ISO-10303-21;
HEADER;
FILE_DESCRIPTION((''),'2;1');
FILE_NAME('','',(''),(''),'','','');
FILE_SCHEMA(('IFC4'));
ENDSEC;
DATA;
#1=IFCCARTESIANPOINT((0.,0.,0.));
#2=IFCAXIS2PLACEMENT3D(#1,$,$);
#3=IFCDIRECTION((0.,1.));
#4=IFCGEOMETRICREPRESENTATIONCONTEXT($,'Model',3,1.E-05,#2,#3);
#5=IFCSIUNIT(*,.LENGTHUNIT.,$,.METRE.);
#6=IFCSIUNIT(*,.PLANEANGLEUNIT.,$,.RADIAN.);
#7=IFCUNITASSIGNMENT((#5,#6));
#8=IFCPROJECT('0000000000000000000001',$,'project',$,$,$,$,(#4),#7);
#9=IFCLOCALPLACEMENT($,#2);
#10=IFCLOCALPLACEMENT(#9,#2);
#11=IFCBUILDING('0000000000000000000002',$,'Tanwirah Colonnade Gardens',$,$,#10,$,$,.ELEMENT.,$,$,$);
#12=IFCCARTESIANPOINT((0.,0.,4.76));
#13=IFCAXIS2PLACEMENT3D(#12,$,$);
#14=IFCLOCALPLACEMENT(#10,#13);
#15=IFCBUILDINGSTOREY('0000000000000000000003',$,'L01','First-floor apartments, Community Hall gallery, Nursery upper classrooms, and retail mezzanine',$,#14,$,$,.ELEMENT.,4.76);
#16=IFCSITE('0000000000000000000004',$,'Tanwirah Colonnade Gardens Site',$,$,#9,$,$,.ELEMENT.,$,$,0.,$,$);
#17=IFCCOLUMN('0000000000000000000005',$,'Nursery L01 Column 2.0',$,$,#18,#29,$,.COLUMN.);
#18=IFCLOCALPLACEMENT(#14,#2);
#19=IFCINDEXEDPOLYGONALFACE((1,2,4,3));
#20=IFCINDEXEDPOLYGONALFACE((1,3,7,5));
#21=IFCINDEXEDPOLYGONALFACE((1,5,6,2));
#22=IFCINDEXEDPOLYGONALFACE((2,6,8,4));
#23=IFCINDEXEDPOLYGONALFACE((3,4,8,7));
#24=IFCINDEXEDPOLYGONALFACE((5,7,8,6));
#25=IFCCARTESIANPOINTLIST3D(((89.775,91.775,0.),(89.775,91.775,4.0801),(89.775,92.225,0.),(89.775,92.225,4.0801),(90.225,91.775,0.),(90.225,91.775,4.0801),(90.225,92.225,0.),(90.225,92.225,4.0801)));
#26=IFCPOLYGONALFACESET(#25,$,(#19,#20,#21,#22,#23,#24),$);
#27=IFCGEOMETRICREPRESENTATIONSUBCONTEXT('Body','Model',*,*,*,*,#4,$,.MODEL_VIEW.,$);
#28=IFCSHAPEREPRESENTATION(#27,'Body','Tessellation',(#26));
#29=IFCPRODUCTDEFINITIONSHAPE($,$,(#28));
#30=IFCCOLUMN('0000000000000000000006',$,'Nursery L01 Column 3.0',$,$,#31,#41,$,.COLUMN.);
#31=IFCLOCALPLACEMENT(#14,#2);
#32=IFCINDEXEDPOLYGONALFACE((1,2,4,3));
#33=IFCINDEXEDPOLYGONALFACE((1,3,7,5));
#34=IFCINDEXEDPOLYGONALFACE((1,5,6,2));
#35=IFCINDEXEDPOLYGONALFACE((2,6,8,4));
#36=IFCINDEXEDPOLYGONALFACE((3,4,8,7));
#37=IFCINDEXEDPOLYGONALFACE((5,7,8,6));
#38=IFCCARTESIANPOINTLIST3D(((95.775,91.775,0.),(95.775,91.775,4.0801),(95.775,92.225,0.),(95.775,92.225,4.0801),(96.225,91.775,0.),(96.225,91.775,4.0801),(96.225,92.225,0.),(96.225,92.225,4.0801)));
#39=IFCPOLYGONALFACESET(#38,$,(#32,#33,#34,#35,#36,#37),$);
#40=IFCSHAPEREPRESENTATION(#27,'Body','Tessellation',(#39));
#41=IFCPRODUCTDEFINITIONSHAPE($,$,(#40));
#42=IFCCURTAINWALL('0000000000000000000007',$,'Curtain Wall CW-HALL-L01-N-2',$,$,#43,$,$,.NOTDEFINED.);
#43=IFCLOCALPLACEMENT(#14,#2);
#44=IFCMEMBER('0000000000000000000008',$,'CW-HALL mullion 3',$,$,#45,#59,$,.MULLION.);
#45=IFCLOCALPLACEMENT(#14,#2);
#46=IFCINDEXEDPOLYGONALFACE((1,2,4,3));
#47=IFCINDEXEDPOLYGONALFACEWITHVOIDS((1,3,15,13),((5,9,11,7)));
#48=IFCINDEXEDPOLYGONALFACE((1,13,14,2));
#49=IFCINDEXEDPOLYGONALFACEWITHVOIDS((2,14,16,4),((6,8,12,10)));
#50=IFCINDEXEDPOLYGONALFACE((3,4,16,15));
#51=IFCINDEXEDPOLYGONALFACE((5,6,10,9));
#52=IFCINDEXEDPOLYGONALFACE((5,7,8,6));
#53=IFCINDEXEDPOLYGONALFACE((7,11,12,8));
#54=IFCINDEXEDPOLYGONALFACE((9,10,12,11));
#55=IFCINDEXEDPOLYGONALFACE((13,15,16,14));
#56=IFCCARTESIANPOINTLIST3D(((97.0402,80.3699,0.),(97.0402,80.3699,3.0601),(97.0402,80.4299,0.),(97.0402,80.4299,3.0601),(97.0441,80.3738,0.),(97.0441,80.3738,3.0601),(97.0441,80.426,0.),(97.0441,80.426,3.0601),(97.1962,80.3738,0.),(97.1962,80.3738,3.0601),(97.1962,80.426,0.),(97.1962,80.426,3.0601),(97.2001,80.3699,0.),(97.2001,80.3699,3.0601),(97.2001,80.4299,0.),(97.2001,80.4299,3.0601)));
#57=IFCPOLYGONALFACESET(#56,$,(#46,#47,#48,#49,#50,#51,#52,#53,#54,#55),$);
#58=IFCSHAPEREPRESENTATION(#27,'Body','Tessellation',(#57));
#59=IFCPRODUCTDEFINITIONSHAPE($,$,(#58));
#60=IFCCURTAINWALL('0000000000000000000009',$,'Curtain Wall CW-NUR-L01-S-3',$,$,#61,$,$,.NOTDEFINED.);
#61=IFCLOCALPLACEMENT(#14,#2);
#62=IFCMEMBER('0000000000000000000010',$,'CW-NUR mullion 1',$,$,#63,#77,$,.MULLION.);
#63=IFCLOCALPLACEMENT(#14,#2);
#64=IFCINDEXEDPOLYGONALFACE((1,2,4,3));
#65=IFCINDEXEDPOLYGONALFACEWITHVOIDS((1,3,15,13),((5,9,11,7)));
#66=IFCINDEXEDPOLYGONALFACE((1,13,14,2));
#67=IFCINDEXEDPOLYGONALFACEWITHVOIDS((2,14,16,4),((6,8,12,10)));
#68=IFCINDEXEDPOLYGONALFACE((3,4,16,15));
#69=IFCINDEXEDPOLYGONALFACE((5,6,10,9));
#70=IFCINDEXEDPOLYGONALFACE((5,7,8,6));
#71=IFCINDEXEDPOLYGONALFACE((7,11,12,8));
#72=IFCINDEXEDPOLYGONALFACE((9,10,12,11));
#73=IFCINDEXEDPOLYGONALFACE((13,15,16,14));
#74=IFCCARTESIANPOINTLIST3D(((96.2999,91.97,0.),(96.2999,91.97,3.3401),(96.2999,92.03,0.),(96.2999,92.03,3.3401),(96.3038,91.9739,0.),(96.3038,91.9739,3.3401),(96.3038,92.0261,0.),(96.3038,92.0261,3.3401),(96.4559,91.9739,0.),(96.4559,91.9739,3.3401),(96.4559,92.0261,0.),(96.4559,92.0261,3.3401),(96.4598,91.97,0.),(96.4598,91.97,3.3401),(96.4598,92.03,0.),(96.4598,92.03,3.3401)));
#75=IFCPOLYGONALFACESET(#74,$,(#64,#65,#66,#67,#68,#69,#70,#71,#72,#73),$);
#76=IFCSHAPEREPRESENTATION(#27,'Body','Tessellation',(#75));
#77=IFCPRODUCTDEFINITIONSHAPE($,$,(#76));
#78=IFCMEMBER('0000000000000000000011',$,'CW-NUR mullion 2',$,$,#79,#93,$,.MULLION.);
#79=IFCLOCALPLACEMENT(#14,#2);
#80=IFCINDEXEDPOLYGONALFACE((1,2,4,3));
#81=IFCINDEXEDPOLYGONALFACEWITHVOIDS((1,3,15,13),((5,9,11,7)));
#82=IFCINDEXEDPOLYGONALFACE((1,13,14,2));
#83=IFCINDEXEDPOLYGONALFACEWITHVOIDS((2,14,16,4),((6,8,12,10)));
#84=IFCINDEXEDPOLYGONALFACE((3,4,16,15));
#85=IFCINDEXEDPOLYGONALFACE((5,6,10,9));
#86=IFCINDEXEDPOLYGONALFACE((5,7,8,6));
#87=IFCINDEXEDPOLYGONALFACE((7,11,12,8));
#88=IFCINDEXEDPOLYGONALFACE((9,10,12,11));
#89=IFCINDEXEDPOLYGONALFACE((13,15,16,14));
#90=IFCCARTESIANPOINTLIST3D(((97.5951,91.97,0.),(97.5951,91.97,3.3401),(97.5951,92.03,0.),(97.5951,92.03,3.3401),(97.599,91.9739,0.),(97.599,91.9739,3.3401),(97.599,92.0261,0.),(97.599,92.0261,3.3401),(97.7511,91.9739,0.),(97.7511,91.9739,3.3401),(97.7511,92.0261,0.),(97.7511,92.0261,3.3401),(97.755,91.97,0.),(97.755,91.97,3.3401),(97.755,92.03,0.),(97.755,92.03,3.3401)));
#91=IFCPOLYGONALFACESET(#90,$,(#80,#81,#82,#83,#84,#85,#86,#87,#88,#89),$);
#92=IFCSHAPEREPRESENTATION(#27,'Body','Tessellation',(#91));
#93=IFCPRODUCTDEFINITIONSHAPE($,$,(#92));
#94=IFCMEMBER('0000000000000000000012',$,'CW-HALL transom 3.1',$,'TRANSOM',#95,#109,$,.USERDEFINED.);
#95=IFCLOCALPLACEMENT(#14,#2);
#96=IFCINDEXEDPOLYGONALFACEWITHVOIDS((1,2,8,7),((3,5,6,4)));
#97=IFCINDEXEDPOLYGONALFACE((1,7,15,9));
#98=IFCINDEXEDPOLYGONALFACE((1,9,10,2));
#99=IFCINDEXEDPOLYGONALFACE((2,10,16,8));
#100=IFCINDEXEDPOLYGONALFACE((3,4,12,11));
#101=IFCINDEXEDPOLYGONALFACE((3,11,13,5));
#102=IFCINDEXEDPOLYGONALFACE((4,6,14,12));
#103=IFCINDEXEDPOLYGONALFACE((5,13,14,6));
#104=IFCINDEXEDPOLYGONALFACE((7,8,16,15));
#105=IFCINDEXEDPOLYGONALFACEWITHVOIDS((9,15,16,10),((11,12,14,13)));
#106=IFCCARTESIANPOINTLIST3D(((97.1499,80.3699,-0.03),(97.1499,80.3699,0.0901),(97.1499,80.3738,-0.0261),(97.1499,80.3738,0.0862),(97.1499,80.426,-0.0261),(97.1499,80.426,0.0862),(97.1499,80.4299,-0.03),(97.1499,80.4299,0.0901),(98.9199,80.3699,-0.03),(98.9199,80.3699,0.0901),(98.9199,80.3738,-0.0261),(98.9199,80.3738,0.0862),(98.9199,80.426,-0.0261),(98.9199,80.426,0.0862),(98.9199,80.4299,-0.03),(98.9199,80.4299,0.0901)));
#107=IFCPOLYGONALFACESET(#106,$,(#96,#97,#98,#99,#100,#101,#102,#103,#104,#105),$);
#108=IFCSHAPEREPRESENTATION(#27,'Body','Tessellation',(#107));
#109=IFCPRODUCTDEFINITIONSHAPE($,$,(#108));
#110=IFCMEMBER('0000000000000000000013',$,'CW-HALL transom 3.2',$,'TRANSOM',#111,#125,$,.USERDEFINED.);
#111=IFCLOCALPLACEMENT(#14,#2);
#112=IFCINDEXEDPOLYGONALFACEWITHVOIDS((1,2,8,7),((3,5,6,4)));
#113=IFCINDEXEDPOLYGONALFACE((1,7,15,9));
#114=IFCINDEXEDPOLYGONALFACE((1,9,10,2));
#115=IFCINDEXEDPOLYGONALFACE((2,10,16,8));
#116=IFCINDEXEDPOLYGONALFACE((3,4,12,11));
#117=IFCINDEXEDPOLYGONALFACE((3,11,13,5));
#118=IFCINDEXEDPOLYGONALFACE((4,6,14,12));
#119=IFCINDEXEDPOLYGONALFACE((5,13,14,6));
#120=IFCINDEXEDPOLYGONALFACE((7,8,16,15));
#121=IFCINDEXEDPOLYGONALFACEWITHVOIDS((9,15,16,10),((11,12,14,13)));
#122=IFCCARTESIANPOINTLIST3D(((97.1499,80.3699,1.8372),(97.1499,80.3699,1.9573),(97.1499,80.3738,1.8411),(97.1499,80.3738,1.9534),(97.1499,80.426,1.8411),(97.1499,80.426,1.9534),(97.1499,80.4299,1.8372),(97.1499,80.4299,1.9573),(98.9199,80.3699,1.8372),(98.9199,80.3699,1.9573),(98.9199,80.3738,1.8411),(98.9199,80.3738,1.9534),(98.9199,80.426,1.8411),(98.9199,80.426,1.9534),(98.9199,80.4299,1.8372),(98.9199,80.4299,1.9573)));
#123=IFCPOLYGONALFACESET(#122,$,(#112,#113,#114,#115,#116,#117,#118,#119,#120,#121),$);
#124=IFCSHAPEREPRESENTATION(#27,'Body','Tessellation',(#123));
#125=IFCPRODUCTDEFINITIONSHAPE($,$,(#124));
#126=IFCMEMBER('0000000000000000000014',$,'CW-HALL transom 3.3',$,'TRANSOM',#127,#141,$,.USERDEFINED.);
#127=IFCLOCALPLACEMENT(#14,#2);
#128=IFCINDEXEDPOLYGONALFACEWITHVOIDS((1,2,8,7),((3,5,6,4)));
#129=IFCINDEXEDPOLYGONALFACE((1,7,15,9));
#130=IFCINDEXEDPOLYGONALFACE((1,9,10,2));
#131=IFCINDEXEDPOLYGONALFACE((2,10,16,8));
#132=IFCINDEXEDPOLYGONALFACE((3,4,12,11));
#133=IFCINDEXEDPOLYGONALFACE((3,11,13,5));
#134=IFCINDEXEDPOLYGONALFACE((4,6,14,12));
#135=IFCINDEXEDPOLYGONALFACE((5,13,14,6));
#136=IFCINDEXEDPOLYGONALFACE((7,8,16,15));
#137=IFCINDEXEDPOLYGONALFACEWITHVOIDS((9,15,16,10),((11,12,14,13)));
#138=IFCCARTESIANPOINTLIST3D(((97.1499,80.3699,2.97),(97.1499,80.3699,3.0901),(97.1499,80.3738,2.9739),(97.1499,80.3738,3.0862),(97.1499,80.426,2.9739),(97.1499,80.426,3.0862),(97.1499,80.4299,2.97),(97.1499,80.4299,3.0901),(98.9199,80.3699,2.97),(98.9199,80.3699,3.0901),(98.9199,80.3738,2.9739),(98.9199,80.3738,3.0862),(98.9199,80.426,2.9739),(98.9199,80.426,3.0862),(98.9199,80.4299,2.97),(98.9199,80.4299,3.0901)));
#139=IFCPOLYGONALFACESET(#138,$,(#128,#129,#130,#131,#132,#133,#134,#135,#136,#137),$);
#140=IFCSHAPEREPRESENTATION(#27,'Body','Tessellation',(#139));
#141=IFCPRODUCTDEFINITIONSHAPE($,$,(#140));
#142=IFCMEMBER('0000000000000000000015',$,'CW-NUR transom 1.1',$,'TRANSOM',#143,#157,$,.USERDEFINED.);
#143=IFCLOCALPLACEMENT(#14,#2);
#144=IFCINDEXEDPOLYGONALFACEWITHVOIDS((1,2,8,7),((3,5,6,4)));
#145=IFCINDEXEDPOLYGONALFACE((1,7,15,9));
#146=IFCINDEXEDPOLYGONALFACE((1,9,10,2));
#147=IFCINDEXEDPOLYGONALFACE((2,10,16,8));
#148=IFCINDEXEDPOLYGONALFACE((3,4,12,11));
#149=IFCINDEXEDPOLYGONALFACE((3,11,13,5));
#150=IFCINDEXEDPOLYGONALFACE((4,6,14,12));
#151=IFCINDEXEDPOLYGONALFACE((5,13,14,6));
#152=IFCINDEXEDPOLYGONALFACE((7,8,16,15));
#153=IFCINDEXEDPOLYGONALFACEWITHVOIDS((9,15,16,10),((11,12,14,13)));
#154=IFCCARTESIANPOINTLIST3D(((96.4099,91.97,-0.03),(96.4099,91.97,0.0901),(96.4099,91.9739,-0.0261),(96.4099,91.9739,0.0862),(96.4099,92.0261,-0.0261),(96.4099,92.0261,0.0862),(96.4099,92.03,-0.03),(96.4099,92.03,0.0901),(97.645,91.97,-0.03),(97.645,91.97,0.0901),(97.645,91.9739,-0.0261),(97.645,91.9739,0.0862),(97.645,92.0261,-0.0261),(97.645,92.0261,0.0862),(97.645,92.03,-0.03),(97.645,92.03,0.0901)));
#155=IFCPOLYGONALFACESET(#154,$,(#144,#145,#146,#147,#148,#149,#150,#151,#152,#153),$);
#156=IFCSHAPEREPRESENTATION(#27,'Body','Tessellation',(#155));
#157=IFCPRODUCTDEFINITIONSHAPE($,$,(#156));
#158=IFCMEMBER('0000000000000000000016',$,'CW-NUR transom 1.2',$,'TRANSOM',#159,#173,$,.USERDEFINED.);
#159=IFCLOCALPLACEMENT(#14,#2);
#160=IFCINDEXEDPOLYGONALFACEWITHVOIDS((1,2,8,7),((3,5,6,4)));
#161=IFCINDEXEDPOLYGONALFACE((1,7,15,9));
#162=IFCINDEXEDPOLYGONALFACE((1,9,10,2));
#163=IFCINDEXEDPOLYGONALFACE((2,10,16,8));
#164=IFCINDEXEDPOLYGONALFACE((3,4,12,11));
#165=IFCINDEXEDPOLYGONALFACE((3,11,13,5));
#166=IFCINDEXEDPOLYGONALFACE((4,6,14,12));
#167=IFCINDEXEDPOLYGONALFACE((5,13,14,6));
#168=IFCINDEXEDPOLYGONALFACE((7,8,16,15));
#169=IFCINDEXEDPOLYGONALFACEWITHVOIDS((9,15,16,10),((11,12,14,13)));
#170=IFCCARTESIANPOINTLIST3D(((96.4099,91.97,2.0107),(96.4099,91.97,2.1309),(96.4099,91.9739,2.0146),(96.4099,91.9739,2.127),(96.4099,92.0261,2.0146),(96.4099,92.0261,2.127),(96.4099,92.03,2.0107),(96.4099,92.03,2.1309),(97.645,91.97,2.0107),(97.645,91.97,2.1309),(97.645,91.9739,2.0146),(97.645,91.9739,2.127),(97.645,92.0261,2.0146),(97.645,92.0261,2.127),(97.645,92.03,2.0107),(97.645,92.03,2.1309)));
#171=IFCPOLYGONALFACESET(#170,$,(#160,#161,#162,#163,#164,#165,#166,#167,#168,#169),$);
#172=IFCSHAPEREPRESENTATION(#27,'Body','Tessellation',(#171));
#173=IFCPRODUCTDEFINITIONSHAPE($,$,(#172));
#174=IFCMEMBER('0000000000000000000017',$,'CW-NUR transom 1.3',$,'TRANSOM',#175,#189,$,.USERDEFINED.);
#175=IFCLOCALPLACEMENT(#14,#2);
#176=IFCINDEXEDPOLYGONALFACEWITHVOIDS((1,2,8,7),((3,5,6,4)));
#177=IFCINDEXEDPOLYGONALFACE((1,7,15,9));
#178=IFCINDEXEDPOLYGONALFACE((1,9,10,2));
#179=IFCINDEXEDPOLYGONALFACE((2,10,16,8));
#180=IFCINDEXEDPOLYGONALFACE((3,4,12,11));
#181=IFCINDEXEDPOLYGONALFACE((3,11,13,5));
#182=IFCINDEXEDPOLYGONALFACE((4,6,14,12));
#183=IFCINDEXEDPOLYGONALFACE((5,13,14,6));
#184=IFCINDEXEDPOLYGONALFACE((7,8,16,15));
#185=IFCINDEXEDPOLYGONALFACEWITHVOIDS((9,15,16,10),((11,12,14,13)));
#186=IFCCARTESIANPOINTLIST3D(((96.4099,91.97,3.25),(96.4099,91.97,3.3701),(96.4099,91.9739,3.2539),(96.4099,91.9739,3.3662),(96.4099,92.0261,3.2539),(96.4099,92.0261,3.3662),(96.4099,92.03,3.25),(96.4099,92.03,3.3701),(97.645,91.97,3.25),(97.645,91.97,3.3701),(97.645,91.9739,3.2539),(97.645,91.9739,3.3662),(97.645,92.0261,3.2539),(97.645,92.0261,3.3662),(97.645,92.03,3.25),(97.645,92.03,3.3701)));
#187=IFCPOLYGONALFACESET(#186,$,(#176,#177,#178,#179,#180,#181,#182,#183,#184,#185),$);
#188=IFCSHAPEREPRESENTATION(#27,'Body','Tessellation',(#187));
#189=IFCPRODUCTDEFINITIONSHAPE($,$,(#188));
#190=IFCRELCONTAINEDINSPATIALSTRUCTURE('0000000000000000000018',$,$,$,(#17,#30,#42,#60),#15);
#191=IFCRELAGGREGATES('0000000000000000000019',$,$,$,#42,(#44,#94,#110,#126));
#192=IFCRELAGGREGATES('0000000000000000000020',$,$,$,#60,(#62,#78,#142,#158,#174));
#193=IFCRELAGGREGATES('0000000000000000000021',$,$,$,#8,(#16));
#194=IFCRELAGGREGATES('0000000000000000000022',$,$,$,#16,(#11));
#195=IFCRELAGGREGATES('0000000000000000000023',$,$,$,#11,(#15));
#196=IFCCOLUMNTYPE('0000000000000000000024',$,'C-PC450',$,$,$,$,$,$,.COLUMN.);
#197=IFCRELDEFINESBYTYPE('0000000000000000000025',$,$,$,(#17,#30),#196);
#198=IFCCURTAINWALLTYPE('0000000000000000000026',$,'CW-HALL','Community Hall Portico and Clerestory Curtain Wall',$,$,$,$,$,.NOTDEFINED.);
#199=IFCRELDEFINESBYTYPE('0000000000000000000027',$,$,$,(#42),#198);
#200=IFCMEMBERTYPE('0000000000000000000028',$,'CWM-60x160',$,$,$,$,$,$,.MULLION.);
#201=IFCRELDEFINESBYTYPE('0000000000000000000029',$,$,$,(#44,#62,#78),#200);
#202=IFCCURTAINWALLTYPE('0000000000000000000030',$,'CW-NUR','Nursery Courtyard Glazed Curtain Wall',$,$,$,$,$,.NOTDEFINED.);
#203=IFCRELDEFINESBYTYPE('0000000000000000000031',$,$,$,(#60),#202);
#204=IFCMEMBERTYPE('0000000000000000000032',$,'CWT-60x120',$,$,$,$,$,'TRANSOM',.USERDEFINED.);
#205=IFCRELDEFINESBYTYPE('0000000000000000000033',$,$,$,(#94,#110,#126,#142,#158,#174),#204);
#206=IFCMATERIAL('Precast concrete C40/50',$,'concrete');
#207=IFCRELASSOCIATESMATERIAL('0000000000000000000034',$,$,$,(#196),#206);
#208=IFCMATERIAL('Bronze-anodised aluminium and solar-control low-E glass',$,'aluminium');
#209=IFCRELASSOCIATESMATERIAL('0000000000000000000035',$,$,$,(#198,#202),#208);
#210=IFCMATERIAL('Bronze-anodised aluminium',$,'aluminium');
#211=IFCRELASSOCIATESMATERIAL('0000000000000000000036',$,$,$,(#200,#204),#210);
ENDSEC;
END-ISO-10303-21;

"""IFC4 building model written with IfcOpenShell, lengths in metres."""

from ifc_helpers import new_model, si_unit, direction, frame, origin, origin_2d, place, context, subcontext, project, spatial, rectangle, hollow_rectangle, extrude, material, material_profile, profile_set, type_object, element, aggregate, save


model = new_model("IFC4")

# Units and contexts
model_context = context("Model", 3, precision=1e-05, world=origin(), true_north=direction((0.0, 1.0)))
body_context = subcontext(model_context, "Body", "Model", "MODEL_VIEW")
ifc_project = project(units=[si_unit("LENGTHUNIT", "METRE"), si_unit("PLANEANGLEUNIT", "RADIAN")], contexts=[model_context])

# Site, building, storey
site_placement = place(None, origin())
site = spatial("IfcSite", under=ifc_project, at=site_placement, Name="Tanwirah Colonnade Gardens Site", CompositionType="ELEMENT", RefElevation=0.0)
building_placement = place(site_placement, origin())
building = spatial("IfcBuilding", under=site, at=building_placement, Name="Tanwirah Colonnade Gardens", CompositionType="ELEMENT")
storey_placement = place(building_placement, frame((0.0, 0.0, 4.76)))
storey = spatial("IfcBuildingStorey", under=building, at=storey_placement, Name="L01", Description="First-floor apartments, Community Hall gallery, Nursery upper classrooms, and retail mezzanine", CompositionType="ELEMENT", Elevation=4.76)

# Columns
ifc_material_1 = material(Name="Precast concrete C40/50", Category="concrete")
ifc_material_profile_1 = material_profile(ifc_material_1, rectangle(XDim=0.45, YDim=0.45, at=origin_2d()), Name="PC-COL 450x450")
ifc_profile_set_1 = profile_set([ifc_material_profile_1], Name="Precast concrete C40/50")
column_type = type_object("IfcColumnType", Name="C-PC450", PredefinedType="COLUMN", material=ifc_profile_set_1)
for number, where, z_axis, x_axis, name in (
    (1, (90.0, 92.0, 0.0), (0.0, 0.0, 1.0), (1.0, 0.0, 0.0), "Nursery L01 Column 2.0"),
    (2, (96.0, 92.0, 0.0), (0.0, 0.0, 1.0), (1.0, 0.0, 0.0), "Nursery L01 Column 3.0"),
):
    element("IfcColumn", number, at=place(storey_placement, frame(where, z_axis=z_axis, x_axis=x_axis)), inside=storey, type_object=column_type, Name=name, PredefinedType="COLUMN", context=body_context, shape_type="SweptSolid", body=[
        extrude(rectangle(XDim=0.45, YDim=0.45, at=origin_2d()), origin(), (0.0, 0.0, 1.0), 4.0801),
    ])

# Curtain wall, member
ifc_material_2 = material(Name="Bronze-anodised aluminium and solar-control low-E glass", Category="aluminium")
curtain_wall_type_1 = type_object("IfcCurtainWallType", Name="CW-HALL", Description="Community Hall Portico and Clerestory Curtain Wall", PredefinedType="NOTDEFINED", material=ifc_material_2)
curtain_wall_1_placement = place(storey_placement, origin())
curtain_wall_1 = element("IfcCurtainWall", 3, at=curtain_wall_1_placement, inside=storey, type_object=curtain_wall_type_1, Name="Curtain Wall CW-HALL-L01-N-2", PredefinedType="NOTDEFINED")
ifc_material_3 = material(Name="Bronze-anodised aluminium", Category="aluminium")
ifc_material_profile_2 = material_profile(ifc_material_3, hollow_rectangle(XDim=0.0601, YDim=0.1599, WallThickness=0.0039, at=origin_2d()), Name="CW-MUL 60x160x4")
ifc_profile_set_2 = profile_set([ifc_material_profile_2], Name="Bronze-anodised aluminium")
member_type_1 = type_object("IfcMemberType", Name="CWM-60x160", PredefinedType="MULLION", material=ifc_profile_set_2)
member_1_placement = place(storey_placement, frame((97.1201, 80.3999, 0.0), z_axis=(0.0, 0.0, 1.0), x_axis=(0.0, 1.0, 0.0)))
member_1 = element("IfcMember", 4, at=member_1_placement, type_object=member_type_1, Name="CW-HALL mullion 3", PredefinedType="MULLION", context=body_context, shape_type="SweptSolid", body=[
    extrude(hollow_rectangle(XDim=0.0601, YDim=0.1599, WallThickness=0.0039, at=origin_2d()), origin(), (0.0, 0.0, 1.0), 3.0601),
])

# Curtain wall, members
curtain_wall_type_2 = type_object("IfcCurtainWallType", Name="CW-NUR", Description="Nursery Courtyard Glazed Curtain Wall", PredefinedType="NOTDEFINED", material=ifc_material_2)
curtain_wall_2_placement = place(storey_placement, origin())
curtain_wall_2 = element("IfcCurtainWall", 5, at=curtain_wall_2_placement, inside=storey, type_object=curtain_wall_type_2, Name="Curtain Wall CW-NUR-L01-S-3", PredefinedType="NOTDEFINED")
member_2_placement = place(storey_placement, frame((96.3799, 92.0, 0.0), z_axis=(0.0, 0.0, 1.0), x_axis=(0.0, 1.0, 0.0)))
member_2 = element("IfcMember", 6, at=member_2_placement, type_object=member_type_1, Name="CW-NUR mullion 1", PredefinedType="MULLION", context=body_context, shape_type="SweptSolid", body=[
    extrude(hollow_rectangle(XDim=0.0601, YDim=0.1599, WallThickness=0.0039, at=origin_2d()), origin(), (0.0, 0.0, 1.0), 3.3401),
])
member_3_placement = place(storey_placement, frame((97.675, 92.0, 0.0), z_axis=(0.0, 0.0, 1.0), x_axis=(0.0, 1.0, 0.0)))
member_3 = element("IfcMember", 7, at=member_3_placement, type_object=member_type_1, Name="CW-NUR mullion 2", PredefinedType="MULLION", context=body_context, shape_type="SweptSolid", body=[
    extrude(hollow_rectangle(XDim=0.0601, YDim=0.1599, WallThickness=0.0039, at=origin_2d()), origin(), (0.0, 0.0, 1.0), 3.3401),
])

# Members
ifc_material_profile_3 = material_profile(ifc_material_3, hollow_rectangle(XDim=0.0601, YDim=0.1201, WallThickness=0.0039, at=origin_2d()), Name="CW-TRN 60x120x4")
ifc_profile_set_3 = profile_set([ifc_material_profile_3], Name="Bronze-anodised aluminium")
member_type_2 = type_object("IfcMemberType", Name="CWT-60x120", ElementType="TRANSOM", PredefinedType="USERDEFINED", material=ifc_profile_set_3)
member_4_placement = place(storey_placement, frame((97.1499, 80.3999, 0.03), z_axis=(1.0, 0.0, 0.0), x_axis=(0.0, 1.0, 0.0)))
member_4 = element("IfcMember", 8, at=member_4_placement, type_object=member_type_2, Name="CW-HALL transom 3.1", ObjectType="TRANSOM", PredefinedType="USERDEFINED", context=body_context, shape_type="SweptSolid", body=[
    extrude(hollow_rectangle(XDim=0.0601, YDim=0.1201, WallThickness=0.0039, at=origin_2d()), origin(), (0.0, 0.0, 1.0), 1.77),
])
member_5_placement = place(storey_placement, frame((97.1499, 80.3999, 1.8972), z_axis=(1.0, 0.0, 0.0), x_axis=(0.0, 1.0, 0.0)))
member_5 = element("IfcMember", 9, at=member_5_placement, type_object=member_type_2, Name="CW-HALL transom 3.2", ObjectType="TRANSOM", PredefinedType="USERDEFINED", context=body_context, shape_type="SweptSolid", body=[
    extrude(hollow_rectangle(XDim=0.0601, YDim=0.1201, WallThickness=0.0039, at=origin_2d()), origin(), (0.0, 0.0, 1.0), 1.77),
])
member_6_placement = place(storey_placement, frame((97.1499, 80.3999, 3.03), z_axis=(1.0, 0.0, 0.0), x_axis=(0.0, 1.0, 0.0)))
member_6 = element("IfcMember", 10, at=member_6_placement, type_object=member_type_2, Name="CW-HALL transom 3.3", ObjectType="TRANSOM", PredefinedType="USERDEFINED", context=body_context, shape_type="SweptSolid", body=[
    extrude(hollow_rectangle(XDim=0.0601, YDim=0.1201, WallThickness=0.0039, at=origin_2d()), origin(), (0.0, 0.0, 1.0), 1.77),
])
member_7_placement = place(storey_placement, frame((96.4099, 92.0, 0.03), z_axis=(1.0, 0.0, 0.0), x_axis=(0.0, 1.0, 0.0)))
member_7 = element("IfcMember", 11, at=member_7_placement, type_object=member_type_2, Name="CW-NUR transom 1.1", ObjectType="TRANSOM", PredefinedType="USERDEFINED", context=body_context, shape_type="SweptSolid", body=[
    extrude(hollow_rectangle(XDim=0.0601, YDim=0.1201, WallThickness=0.0039, at=origin_2d()), origin(), (0.0, 0.0, 1.0), 1.2351),
])
member_8_placement = place(storey_placement, frame((96.4099, 92.0, 2.0708), z_axis=(1.0, 0.0, 0.0), x_axis=(0.0, 1.0, 0.0)))
member_8 = element("IfcMember", 12, at=member_8_placement, type_object=member_type_2, Name="CW-NUR transom 1.2", ObjectType="TRANSOM", PredefinedType="USERDEFINED", context=body_context, shape_type="SweptSolid", body=[
    extrude(hollow_rectangle(XDim=0.0601, YDim=0.1201, WallThickness=0.0039, at=origin_2d()), origin(), (0.0, 0.0, 1.0), 1.2351),
])
member_9_placement = place(storey_placement, frame((96.4099, 92.0, 3.3101), z_axis=(1.0, 0.0, 0.0), x_axis=(0.0, 1.0, 0.0)))
member_9 = element("IfcMember", 13, at=member_9_placement, type_object=member_type_2, Name="CW-NUR transom 1.3", ObjectType="TRANSOM", PredefinedType="USERDEFINED", context=body_context, shape_type="SweptSolid", body=[
    extrude(hollow_rectangle(XDim=0.0601, YDim=0.1201, WallThickness=0.0039, at=origin_2d()), origin(), (0.0, 0.0, 1.0), 1.2351),
])

aggregate(curtain_wall_1, [member_1, member_4, member_5, member_6])
aggregate(curtain_wall_2, [member_2, member_3, member_7, member_8, member_9])

save(model, "model.ifc")
